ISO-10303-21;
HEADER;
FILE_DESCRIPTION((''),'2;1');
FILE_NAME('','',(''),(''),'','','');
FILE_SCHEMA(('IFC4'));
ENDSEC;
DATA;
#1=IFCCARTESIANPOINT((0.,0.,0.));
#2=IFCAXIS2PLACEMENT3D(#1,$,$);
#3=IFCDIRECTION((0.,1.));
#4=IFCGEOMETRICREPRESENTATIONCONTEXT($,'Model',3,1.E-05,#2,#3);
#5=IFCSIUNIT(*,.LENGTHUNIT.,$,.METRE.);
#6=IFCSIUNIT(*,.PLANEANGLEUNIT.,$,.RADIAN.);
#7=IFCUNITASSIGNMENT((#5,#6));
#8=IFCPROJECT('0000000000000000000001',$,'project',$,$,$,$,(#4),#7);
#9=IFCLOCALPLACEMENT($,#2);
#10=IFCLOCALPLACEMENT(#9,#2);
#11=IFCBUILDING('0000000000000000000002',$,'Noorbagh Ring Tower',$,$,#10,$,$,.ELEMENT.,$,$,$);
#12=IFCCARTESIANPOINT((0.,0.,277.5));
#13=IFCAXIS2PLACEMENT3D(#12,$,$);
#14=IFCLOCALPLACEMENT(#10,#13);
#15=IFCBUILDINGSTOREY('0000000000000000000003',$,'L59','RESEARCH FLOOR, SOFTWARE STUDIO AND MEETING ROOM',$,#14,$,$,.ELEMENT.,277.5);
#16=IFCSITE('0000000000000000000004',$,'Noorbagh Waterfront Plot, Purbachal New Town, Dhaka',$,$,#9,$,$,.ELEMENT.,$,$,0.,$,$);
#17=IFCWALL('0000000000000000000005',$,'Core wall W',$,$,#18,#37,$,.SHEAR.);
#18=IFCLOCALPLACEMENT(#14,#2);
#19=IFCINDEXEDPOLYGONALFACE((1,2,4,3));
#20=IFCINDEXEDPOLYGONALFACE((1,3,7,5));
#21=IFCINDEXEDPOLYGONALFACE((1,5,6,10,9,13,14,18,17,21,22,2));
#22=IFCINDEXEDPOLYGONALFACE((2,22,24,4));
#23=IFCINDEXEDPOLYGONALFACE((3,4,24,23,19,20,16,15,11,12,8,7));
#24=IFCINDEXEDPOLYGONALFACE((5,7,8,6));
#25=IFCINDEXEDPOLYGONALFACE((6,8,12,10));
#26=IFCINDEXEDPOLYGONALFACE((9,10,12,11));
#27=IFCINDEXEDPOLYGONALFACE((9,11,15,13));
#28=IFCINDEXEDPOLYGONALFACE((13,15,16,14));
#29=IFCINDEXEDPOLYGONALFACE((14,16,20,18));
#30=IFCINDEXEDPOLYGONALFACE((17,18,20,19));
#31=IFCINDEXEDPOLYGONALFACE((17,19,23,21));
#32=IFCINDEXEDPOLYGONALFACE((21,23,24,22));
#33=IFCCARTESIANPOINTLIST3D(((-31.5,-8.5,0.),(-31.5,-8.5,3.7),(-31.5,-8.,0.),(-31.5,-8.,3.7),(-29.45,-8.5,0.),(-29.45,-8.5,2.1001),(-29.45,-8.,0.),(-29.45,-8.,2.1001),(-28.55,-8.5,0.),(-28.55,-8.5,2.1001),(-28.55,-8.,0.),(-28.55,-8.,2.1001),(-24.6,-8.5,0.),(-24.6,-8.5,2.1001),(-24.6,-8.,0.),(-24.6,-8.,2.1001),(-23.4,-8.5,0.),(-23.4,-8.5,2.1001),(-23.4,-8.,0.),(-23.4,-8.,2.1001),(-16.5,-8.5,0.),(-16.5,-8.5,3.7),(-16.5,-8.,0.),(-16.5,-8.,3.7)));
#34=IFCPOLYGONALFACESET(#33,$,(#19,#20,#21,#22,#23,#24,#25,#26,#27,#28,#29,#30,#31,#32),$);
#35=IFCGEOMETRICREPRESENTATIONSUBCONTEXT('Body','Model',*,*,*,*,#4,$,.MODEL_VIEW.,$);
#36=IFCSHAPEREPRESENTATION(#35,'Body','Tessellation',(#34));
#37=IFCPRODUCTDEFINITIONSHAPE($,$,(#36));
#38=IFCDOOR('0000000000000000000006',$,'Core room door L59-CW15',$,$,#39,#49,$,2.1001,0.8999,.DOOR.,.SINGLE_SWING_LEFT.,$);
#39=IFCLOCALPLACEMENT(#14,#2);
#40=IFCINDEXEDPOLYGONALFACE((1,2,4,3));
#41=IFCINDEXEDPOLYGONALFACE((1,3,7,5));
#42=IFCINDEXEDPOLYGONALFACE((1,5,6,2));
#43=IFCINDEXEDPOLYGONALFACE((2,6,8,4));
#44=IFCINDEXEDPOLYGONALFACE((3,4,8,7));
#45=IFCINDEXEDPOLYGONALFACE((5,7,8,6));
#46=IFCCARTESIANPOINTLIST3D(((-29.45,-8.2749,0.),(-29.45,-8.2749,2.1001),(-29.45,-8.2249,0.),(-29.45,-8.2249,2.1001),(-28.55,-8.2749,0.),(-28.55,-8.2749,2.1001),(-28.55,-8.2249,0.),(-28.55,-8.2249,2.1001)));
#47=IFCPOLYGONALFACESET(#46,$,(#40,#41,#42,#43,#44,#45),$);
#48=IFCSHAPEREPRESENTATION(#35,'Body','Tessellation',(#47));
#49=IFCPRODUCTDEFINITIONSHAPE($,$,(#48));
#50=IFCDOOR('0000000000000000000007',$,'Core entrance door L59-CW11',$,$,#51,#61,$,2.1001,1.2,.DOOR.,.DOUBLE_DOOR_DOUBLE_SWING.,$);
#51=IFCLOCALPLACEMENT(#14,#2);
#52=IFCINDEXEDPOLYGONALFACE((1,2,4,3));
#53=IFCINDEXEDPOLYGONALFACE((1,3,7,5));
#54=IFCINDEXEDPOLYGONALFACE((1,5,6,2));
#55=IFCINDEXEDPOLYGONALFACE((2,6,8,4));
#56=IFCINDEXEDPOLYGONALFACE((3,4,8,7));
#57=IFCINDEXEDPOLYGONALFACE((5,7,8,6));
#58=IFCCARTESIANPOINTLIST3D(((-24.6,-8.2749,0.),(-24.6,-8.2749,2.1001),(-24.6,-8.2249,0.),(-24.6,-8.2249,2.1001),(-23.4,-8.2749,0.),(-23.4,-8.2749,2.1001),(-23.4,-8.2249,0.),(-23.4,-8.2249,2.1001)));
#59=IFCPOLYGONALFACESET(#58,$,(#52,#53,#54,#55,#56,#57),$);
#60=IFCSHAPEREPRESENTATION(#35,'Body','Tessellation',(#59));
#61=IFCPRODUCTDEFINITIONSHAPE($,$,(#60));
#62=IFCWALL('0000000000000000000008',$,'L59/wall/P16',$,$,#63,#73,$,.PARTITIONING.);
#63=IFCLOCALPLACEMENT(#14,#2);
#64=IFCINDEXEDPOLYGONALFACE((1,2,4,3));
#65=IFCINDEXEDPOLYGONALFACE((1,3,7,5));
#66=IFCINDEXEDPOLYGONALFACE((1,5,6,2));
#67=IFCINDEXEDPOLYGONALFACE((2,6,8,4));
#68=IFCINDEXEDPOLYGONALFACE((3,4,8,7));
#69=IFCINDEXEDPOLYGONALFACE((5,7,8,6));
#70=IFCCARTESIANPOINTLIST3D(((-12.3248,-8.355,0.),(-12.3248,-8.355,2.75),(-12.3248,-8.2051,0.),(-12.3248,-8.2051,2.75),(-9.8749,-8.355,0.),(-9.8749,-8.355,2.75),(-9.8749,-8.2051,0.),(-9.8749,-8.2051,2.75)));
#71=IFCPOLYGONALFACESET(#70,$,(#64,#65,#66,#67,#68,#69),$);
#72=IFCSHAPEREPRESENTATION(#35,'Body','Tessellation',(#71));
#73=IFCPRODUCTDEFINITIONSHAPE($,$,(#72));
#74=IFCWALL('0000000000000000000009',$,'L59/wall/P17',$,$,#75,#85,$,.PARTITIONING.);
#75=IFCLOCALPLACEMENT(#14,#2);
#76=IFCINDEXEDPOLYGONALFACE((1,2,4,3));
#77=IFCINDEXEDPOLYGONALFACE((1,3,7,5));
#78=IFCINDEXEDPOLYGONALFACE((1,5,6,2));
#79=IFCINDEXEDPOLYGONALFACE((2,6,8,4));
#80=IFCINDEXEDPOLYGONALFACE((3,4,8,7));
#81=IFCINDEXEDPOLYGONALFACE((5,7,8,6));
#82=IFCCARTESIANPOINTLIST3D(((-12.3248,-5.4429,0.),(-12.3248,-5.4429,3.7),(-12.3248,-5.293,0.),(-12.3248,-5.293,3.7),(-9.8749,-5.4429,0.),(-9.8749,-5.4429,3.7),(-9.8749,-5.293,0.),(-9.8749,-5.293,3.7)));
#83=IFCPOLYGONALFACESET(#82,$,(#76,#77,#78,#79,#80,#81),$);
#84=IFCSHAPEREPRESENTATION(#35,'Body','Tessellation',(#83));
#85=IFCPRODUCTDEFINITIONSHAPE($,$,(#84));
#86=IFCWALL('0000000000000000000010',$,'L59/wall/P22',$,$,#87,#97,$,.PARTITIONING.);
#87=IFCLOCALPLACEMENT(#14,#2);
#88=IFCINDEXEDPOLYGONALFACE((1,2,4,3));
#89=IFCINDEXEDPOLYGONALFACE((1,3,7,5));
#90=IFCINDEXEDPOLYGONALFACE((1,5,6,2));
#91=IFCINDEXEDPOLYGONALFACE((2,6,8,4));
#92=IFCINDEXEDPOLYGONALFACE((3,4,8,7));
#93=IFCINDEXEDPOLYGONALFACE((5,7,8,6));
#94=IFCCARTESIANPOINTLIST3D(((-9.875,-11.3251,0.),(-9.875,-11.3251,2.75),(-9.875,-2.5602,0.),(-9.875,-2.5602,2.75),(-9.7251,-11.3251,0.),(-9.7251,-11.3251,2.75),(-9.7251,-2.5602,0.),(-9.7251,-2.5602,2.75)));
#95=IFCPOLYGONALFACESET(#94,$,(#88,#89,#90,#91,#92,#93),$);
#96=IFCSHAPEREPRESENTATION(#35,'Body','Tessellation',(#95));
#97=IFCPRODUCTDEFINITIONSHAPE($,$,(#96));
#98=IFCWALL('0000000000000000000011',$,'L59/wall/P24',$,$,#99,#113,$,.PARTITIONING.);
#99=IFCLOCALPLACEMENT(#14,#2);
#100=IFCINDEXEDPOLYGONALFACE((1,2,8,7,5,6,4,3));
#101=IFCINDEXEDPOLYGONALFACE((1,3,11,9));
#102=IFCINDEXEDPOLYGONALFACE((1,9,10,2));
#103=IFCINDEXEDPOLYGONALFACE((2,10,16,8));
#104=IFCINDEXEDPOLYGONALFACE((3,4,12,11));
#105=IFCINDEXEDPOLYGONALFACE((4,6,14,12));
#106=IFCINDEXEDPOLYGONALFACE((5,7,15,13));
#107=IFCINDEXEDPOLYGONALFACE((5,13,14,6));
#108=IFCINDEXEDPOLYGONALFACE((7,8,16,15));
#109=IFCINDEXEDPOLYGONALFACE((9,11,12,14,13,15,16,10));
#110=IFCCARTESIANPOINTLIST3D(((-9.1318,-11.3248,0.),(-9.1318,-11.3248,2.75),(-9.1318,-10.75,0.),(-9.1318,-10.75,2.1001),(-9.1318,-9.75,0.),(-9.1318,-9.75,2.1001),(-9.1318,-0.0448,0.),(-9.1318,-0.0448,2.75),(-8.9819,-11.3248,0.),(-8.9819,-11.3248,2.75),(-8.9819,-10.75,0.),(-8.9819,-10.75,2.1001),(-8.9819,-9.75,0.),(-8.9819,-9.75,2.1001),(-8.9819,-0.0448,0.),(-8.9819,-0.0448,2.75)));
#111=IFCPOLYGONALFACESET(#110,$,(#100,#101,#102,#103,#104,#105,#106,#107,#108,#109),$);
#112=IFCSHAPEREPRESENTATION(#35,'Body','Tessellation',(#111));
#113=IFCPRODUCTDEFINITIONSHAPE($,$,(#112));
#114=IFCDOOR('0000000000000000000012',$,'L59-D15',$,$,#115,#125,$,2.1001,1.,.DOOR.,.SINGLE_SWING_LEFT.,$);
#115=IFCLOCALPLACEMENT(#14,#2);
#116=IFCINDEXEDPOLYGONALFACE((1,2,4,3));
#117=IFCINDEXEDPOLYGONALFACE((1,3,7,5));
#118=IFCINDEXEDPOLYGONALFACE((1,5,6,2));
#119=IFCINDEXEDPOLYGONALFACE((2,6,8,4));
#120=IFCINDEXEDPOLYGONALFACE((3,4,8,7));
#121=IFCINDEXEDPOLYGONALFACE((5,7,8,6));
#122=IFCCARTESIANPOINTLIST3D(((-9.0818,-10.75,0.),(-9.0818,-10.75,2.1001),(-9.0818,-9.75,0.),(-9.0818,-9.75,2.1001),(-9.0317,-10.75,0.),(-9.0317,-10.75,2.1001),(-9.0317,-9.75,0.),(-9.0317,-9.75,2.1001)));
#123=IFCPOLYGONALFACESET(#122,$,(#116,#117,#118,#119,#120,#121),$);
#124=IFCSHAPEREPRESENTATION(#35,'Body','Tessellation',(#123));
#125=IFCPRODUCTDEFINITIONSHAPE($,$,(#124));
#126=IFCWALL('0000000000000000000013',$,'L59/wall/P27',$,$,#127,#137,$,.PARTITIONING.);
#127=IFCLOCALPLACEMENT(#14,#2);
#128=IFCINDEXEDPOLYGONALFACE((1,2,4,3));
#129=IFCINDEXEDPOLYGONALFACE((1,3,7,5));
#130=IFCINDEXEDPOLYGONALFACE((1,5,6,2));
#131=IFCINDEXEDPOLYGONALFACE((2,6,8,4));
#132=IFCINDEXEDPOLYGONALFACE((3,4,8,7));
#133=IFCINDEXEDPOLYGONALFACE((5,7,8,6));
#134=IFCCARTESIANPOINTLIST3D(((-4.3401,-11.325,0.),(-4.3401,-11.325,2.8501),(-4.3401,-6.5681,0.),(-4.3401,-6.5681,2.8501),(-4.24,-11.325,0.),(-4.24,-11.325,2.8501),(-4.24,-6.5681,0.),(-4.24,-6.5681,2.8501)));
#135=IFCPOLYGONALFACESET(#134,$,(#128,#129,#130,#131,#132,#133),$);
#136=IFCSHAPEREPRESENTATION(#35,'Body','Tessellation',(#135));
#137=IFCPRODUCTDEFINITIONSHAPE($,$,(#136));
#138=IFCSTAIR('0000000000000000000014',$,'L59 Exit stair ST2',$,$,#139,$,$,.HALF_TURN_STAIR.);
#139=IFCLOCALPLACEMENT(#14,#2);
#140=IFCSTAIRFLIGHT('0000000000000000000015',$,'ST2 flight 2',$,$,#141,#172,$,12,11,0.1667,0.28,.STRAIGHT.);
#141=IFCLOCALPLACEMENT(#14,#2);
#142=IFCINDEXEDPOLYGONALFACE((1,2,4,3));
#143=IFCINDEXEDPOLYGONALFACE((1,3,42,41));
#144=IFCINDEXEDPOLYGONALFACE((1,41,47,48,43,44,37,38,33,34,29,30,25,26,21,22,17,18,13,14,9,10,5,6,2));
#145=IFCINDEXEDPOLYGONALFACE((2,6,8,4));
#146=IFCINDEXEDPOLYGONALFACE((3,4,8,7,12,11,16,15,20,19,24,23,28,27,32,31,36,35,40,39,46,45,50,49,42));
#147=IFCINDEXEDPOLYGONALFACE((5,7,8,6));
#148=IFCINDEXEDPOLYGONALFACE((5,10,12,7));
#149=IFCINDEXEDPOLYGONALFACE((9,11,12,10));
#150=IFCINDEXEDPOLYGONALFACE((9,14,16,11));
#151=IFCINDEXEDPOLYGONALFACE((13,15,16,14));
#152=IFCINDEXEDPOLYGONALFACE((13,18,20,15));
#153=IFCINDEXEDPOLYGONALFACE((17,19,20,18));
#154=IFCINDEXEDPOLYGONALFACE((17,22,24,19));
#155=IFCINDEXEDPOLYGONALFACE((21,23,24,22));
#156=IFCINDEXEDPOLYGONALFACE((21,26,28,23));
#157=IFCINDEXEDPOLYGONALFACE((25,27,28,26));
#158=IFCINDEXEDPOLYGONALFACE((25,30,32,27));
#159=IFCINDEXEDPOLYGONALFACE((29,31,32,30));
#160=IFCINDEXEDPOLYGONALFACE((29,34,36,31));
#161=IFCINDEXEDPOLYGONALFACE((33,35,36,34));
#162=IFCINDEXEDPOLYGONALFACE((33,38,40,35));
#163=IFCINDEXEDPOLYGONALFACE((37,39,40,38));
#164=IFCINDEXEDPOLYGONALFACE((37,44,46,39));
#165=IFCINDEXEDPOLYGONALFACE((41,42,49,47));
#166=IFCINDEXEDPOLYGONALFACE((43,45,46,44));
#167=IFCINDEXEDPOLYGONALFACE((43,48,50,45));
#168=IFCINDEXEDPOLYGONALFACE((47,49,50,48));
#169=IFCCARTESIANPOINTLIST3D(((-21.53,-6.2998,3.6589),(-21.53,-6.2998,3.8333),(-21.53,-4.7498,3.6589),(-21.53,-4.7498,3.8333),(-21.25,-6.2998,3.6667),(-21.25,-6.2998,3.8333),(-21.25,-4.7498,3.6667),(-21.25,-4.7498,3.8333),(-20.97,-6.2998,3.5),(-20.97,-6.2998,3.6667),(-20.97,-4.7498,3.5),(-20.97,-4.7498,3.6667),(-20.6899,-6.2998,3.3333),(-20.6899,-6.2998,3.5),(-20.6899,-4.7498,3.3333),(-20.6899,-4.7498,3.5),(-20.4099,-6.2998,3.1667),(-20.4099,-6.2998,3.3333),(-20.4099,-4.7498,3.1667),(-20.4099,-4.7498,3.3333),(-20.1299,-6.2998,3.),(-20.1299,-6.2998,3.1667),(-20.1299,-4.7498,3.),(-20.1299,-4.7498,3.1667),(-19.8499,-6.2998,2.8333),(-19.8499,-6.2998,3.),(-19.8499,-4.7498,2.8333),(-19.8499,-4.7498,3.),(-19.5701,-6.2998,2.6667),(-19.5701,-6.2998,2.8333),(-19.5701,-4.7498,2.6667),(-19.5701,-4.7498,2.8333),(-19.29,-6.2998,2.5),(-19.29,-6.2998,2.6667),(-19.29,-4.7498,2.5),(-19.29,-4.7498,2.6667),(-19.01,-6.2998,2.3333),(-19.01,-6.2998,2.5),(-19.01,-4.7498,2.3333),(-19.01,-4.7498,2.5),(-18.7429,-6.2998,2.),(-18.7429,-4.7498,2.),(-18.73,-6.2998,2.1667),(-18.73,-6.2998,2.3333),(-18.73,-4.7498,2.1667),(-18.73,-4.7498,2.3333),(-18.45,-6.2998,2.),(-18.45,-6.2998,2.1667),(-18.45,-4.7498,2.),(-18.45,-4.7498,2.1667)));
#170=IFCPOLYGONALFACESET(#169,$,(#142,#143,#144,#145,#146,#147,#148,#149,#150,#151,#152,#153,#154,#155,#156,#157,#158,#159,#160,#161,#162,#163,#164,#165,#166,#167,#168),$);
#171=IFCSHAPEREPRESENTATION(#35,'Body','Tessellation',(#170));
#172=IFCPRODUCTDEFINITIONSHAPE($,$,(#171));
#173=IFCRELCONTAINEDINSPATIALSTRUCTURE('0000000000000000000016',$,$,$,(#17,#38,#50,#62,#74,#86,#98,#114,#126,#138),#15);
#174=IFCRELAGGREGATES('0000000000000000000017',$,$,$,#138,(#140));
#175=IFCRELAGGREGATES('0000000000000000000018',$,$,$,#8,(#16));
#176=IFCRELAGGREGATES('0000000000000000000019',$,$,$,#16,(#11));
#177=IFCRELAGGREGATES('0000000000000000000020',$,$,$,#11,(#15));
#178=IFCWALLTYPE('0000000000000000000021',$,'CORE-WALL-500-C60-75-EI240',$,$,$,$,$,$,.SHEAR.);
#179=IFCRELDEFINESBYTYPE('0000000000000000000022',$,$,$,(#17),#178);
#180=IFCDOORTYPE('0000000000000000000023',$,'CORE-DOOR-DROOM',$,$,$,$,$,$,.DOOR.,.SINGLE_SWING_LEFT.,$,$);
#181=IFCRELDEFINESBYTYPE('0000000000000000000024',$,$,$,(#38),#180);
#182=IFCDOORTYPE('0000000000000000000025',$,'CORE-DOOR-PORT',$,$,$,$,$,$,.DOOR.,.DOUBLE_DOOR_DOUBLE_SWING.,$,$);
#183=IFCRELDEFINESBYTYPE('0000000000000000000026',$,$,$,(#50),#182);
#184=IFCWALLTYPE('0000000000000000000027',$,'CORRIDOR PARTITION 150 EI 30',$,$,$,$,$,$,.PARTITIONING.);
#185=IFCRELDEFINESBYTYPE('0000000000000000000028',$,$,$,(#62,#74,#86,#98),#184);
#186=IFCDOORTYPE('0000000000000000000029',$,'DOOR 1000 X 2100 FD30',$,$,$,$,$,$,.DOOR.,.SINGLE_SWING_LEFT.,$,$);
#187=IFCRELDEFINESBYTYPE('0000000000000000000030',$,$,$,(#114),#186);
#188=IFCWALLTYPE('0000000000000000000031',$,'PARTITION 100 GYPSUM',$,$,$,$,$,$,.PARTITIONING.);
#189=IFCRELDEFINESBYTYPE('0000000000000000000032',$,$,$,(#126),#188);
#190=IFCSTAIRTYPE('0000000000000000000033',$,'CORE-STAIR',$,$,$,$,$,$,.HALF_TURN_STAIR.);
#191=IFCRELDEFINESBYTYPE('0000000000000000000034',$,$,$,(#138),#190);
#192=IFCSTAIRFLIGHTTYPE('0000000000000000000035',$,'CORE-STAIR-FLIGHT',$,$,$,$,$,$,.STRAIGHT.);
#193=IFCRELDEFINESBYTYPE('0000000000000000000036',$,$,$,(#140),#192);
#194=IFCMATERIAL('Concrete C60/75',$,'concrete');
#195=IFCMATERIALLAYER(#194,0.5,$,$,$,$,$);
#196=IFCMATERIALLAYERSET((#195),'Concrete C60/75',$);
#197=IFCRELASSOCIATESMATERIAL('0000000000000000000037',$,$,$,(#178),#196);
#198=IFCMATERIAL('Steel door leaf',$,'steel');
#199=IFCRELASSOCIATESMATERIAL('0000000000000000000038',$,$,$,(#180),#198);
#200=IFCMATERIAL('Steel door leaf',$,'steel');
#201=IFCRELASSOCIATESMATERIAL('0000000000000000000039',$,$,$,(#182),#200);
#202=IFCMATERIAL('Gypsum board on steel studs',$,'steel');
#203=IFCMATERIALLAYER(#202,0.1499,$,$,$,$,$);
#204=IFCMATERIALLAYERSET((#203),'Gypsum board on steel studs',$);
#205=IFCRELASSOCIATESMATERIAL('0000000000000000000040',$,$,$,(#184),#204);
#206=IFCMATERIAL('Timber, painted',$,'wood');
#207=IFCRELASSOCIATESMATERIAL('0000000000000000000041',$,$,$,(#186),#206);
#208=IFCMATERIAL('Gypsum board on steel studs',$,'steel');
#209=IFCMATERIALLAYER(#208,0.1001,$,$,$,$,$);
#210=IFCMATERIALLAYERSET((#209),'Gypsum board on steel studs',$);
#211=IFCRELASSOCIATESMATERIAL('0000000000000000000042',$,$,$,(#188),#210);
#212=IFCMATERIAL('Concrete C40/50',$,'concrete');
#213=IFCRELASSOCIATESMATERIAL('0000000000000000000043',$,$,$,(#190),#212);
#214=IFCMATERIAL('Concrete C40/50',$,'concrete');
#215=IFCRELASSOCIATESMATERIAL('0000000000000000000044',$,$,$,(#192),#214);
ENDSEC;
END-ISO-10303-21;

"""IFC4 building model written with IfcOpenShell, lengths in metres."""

from ifc_helpers import new_model, si_unit, direction, frame, frame_2d, origin, place, context, subcontext, project, spatial, polyline, rectangle, outline, extrude, material, layer, layer_set, type_object, element, fill, aggregate, save


model = new_model("IFC4")

# Units and contexts
model_context = context("Model", 3, precision=1e-05, world=origin(), true_north=direction((0.0, 1.0)))
body_context = subcontext(model_context, "Body", "Model", "MODEL_VIEW")
ifc_project = project(units=[si_unit("LENGTHUNIT", "METRE"), si_unit("PLANEANGLEUNIT", "RADIAN")], contexts=[model_context])

# Site, building, storey
site_placement = place(None, origin())
site = spatial("IfcSite", under=ifc_project, at=site_placement, Name="Noorbagh Waterfront Plot, Purbachal New Town, Dhaka", CompositionType="ELEMENT", RefElevation=0.0)
building_placement = place(site_placement, origin())
building = spatial("IfcBuilding", under=site, at=building_placement, Name="Noorbagh Ring Tower", CompositionType="ELEMENT")
storey_placement = place(building_placement, frame((0.0, 0.0, 277.5)))
storey = spatial("IfcBuildingStorey", under=building, at=storey_placement, Name="L59", Description="RESEARCH FLOOR, SOFTWARE STUDIO AND MEETING ROOM", CompositionType="ELEMENT", Elevation=277.5)

# Wall, openings, doors
ifc_material_1 = material(Name="Concrete C60/75", Category="concrete")
ifc_layer_1 = layer(ifc_material_1, 0.5)
ifc_layer_set_1 = layer_set([ifc_layer_1], Name="Concrete C60/75")
wall_type_1 = type_object("IfcWallType", Name="CORE-WALL-500-C60-75-EI240", PredefinedType="SHEAR", material=ifc_layer_set_1)
wall_1_placement = place(storey_placement, frame((-16.5, -8.25, 0.0), z_axis=(0.0, 0.0, 1.0), x_axis=(-1.0, 0.0, 0.0)))
wall_1 = element("IfcWall", 1, at=wall_1_placement, inside=storey, type_object=wall_type_1, Name="Core wall W", PredefinedType="SHEAR", context=body_context, shape_type="SweptSolid", body=[
    extrude(rectangle(XDim=15.0, YDim=0.5, at=frame_2d((7.5, 0.0))), origin(), (0.0, 0.0, 1.0), 3.7),
])
opening_1_placement = place(wall_1_placement, frame((6.8999, 0.0, 0.0)))
opening_1 = element("IfcOpeningElement", 2, at=opening_1_placement, cuts=wall_1, PredefinedType="OPENING", context=body_context, shape_type="SweptSolid", body=[
    extrude(rectangle(XDim=1.2, YDim=2.1001, at=frame_2d((0.6001, 1.05))), frame((0.0, 0.26, 0.0), z_axis=(0.0, -1.0, 0.0), x_axis=(1.0, 0.0, 0.0)), (0.0, 0.0, 1.0), 0.52),
])
opening_2_placement = place(wall_1_placement, frame((12.05, 0.0, 0.0)))
opening_2 = element("IfcOpeningElement", 3, at=opening_2_placement, cuts=wall_1, PredefinedType="OPENING", context=body_context, shape_type="SweptSolid", body=[
    extrude(rectangle(XDim=0.8999, YDim=2.1001, at=frame_2d((0.45, 1.05))), frame((0.0, 0.26, 0.0), z_axis=(0.0, -1.0, 0.0), x_axis=(1.0, 0.0, 0.0)), (0.0, 0.0, 1.0), 0.52),
])
ifc_material_2 = material(Name="Steel door leaf", Category="steel")
door_type_1 = type_object("IfcDoorType", Name="CORE-DOOR-DROOM", OperationType="SINGLE_SWING_LEFT", PredefinedType="DOOR", material=ifc_material_2)
door_1_placement = place(opening_2_placement, origin())
door_1 = element("IfcDoor", 4, at=door_1_placement, inside=storey, type_object=door_type_1, Name="Core room door L59-CW15", OperationType="SINGLE_SWING_LEFT", OverallHeight=2.1001, OverallWidth=0.8999, PredefinedType="DOOR", context=body_context, shape_type="SweptSolid", body=[
    extrude(rectangle(XDim=0.8999, YDim=2.1001, at=frame_2d((0.45, 1.05))), frame((0.0, 0.0249, 0.0), z_axis=(0.0, -1.0, 0.0), x_axis=(1.0, 0.0, 0.0)), (0.0, 0.0, 1.0), 0.05),
])
fill(opening_2, door_1)
ifc_material_3 = material(Name="Steel door leaf", Category="steel")
door_type_2 = type_object("IfcDoorType", Name="CORE-DOOR-PORT", OperationType="DOUBLE_DOOR_DOUBLE_SWING", PredefinedType="DOOR", material=ifc_material_3)
door_2_placement = place(opening_1_placement, origin())
door_2 = element("IfcDoor", 5, at=door_2_placement, inside=storey, type_object=door_type_2, Name="Core entrance door L59-CW11", OperationType="DOUBLE_DOOR_DOUBLE_SWING", OverallHeight=2.1001, OverallWidth=1.2, PredefinedType="DOOR", context=body_context, shape_type="SweptSolid", body=[
    extrude(rectangle(XDim=1.2, YDim=2.1001, at=frame_2d((0.6001, 1.05))), frame((0.0, 0.0249, 0.0), z_axis=(0.0, -1.0, 0.0), x_axis=(1.0, 0.0, 0.0)), (0.0, 0.0, 1.0), 0.05),
])
fill(opening_1, door_2)

# Walls
ifc_material_4 = material(Name="Gypsum board on steel studs", Category="steel")
ifc_layer_2 = layer(ifc_material_4, 0.1499)
ifc_layer_set_2 = layer_set([ifc_layer_2], Name="Gypsum board on steel studs")
wall_type_2 = type_object("IfcWallType", Name="CORRIDOR PARTITION 150 EI 30", PredefinedType="PARTITIONING", material=ifc_layer_set_2)
wall_2_placement = place(storey_placement, frame((-12.325, -8.28, 0.0), z_axis=(0.0, 0.0, 1.0), x_axis=(1.0, 0.0, 0.0)))
element("IfcWall", 6, at=wall_2_placement, inside=storey, type_object=wall_type_2, Name="L59/wall/P16", PredefinedType="PARTITIONING", context=body_context, shape_type="SweptSolid", body=[
    extrude(rectangle(XDim=2.45, YDim=0.1499, at=frame_2d((1.2251, 0.0))), origin(), (0.0, 0.0, 1.0), 2.75),
])
wall_3_placement = place(storey_placement, frame((-12.325, -5.3679, 0.0), z_axis=(0.0, 0.0, 1.0), x_axis=(1.0, 0.0, 0.0)))
element("IfcWall", 7, at=wall_3_placement, inside=storey, type_object=wall_type_2, Name="L59/wall/P17", PredefinedType="PARTITIONING", context=body_context, shape_type="SweptSolid", body=[
    extrude(rectangle(XDim=2.45, YDim=0.1499, at=frame_2d((1.2251, 0.0))), origin(), (0.0, 0.0, 1.0), 3.7),
])
wall_4_placement = place(storey_placement, frame((-9.8, -11.325, 0.0), z_axis=(0.0, 0.0, 1.0), x_axis=(0.0, 1.0, 0.0)))
element("IfcWall", 8, at=wall_4_placement, inside=storey, type_object=wall_type_2, Name="L59/wall/P22", PredefinedType="PARTITIONING", context=body_context, shape_type="SweptSolid", body=[
    extrude(rectangle(XDim=8.7649, YDim=0.1499, at=frame_2d((4.3823, 0.0))), origin(), (0.0, 0.0, 1.0), 2.75),
])

# Wall, opening, door
wall_5_placement = place(storey_placement, frame((-9.0569, -11.325, 0.0), z_axis=(0.0, 0.0, 1.0), x_axis=(0.0, 1.0, 0.0)))
wall_5 = element("IfcWall", 9, at=wall_5_placement, inside=storey, type_object=wall_type_2, Name="L59/wall/P24", PredefinedType="PARTITIONING", context=body_context, shape_type="SweptSolid", body=[
    extrude(rectangle(XDim=11.28, YDim=0.1499, at=frame_2d((5.6401, 0.0))), origin(), (0.0, 0.0, 1.0), 2.75),
])
opening_3_placement = place(wall_5_placement, frame((0.575, 0.0, 0.0)))
opening_3 = element("IfcOpeningElement", 10, at=opening_3_placement, cuts=wall_5, PredefinedType="OPENING", context=body_context, shape_type="SweptSolid", body=[
    extrude(rectangle(XDim=1.0, YDim=2.1001, at=frame_2d((0.5, 1.05))), frame((0.0, 0.085, 0.0), z_axis=(0.0, -1.0, 0.0), x_axis=(1.0, 0.0, 0.0)), (0.0, 0.0, 1.0), 0.1699),
])
ifc_material_5 = material(Name="Timber, painted", Category="wood")
door_type_3 = type_object("IfcDoorType", Name="DOOR 1000 X 2100 FD30", OperationType="SINGLE_SWING_LEFT", PredefinedType="DOOR", material=ifc_material_5)
door_3_placement = place(opening_3_placement, origin())
door_3 = element("IfcDoor", 11, at=door_3_placement, inside=storey, type_object=door_type_3, Name="L59-D15", OperationType="SINGLE_SWING_LEFT", OverallHeight=2.1001, OverallWidth=1.0, PredefinedType="DOOR", context=body_context, shape_type="SweptSolid", body=[
    extrude(rectangle(XDim=1.0, YDim=2.1001, at=frame_2d((0.5, 1.05))), frame((0.0, 0.0249, 0.0), z_axis=(0.0, -1.0, 0.0), x_axis=(1.0, 0.0, 0.0)), (0.0, 0.0, 1.0), 0.05),
])
fill(opening_3, door_3)

# Wall
ifc_material_6 = material(Name="Gypsum board on steel studs", Category="steel")
ifc_layer_3 = layer(ifc_material_6, 0.1001)
ifc_layer_set_3 = layer_set([ifc_layer_3], Name="Gypsum board on steel studs")
wall_type_3 = type_object("IfcWallType", Name="PARTITION 100 GYPSUM", PredefinedType="PARTITIONING", material=ifc_layer_set_3)
wall_6_placement = place(storey_placement, frame((-4.29, -11.325, 0.0), z_axis=(0.0, 0.0, 1.0), x_axis=(0.0, 1.0, 0.0)))
element("IfcWall", 12, at=wall_6_placement, inside=storey, type_object=wall_type_3, Name="L59/wall/P27", PredefinedType="PARTITIONING", context=body_context, shape_type="SweptSolid", body=[
    extrude(rectangle(XDim=4.7568, YDim=0.1001, at=frame_2d((2.3784, 0.0))), origin(), (0.0, 0.0, 1.0), 2.8501),
])

# Stair, stair flight
ifc_material_7 = material(Name="Concrete C40/50", Category="concrete")
stair_type = type_object("IfcStairType", Name="CORE-STAIR", PredefinedType="HALF_TURN_STAIR", material=ifc_material_7)
stair_placement = place(storey_placement, origin())
stair = element("IfcStair", 13, at=stair_placement, inside=storey, type_object=stair_type, Name="L59 Exit stair ST2", PredefinedType="HALF_TURN_STAIR")
ifc_material_8 = material(Name="Concrete C40/50", Category="concrete")
stair_flight_type = type_object("IfcStairFlightType", Name="CORE-STAIR-FLIGHT", PredefinedType="STRAIGHT", material=ifc_material_8)
stair_flight_placement = place(storey_placement, frame((-18.45, -5.5249, 2.0), z_axis=(0.0, 0.0, 1.0), x_axis=(-1.0, 0.0, 0.0)))
stair_flight = element("IfcStairFlight", 14, at=stair_flight_placement, type_object=stair_flight_type, Name="ST2 flight 2", NumberOfRisers=12, NumberOfTreads=11, PredefinedType="STRAIGHT", RiserHeight=0.1667, TreadLength=0.28, context=body_context, shape_type="SweptSolid", body=[
    extrude(outline(polyline([(0.0, 0.0), (0.0, 0.1667), (0.28, 0.1667), (0.28, 0.3333), (0.5601, 0.3333), (0.5601, 0.5), (0.8401, 0.5), (0.8401, 0.6667), (1.1201, 0.6667), (1.1201, 0.8333), (1.3999, 0.8333), (1.3999, 1.0), (1.6799, 1.0), (1.6799, 1.1667), (1.96, 1.1667), (1.96, 1.3333), (2.24, 1.3333), (2.24, 1.5), (2.52, 1.5), (2.52, 1.6667), (2.8, 1.6667), (2.8, 1.8333), (3.0801, 1.8333), (3.0801, 2.0), (3.0801, 1.6589), (0.293, 0.0), (0.0, 0.0)])), frame((0.0, 0.7749, 0.0), z_axis=(0.0, -1.0, 0.0), x_axis=(1.0, 0.0, 0.0)), (0.0, 0.0, 1.0), 1.55),
])
aggregate(stair, [stair_flight])

save(model, "model.ifc")
